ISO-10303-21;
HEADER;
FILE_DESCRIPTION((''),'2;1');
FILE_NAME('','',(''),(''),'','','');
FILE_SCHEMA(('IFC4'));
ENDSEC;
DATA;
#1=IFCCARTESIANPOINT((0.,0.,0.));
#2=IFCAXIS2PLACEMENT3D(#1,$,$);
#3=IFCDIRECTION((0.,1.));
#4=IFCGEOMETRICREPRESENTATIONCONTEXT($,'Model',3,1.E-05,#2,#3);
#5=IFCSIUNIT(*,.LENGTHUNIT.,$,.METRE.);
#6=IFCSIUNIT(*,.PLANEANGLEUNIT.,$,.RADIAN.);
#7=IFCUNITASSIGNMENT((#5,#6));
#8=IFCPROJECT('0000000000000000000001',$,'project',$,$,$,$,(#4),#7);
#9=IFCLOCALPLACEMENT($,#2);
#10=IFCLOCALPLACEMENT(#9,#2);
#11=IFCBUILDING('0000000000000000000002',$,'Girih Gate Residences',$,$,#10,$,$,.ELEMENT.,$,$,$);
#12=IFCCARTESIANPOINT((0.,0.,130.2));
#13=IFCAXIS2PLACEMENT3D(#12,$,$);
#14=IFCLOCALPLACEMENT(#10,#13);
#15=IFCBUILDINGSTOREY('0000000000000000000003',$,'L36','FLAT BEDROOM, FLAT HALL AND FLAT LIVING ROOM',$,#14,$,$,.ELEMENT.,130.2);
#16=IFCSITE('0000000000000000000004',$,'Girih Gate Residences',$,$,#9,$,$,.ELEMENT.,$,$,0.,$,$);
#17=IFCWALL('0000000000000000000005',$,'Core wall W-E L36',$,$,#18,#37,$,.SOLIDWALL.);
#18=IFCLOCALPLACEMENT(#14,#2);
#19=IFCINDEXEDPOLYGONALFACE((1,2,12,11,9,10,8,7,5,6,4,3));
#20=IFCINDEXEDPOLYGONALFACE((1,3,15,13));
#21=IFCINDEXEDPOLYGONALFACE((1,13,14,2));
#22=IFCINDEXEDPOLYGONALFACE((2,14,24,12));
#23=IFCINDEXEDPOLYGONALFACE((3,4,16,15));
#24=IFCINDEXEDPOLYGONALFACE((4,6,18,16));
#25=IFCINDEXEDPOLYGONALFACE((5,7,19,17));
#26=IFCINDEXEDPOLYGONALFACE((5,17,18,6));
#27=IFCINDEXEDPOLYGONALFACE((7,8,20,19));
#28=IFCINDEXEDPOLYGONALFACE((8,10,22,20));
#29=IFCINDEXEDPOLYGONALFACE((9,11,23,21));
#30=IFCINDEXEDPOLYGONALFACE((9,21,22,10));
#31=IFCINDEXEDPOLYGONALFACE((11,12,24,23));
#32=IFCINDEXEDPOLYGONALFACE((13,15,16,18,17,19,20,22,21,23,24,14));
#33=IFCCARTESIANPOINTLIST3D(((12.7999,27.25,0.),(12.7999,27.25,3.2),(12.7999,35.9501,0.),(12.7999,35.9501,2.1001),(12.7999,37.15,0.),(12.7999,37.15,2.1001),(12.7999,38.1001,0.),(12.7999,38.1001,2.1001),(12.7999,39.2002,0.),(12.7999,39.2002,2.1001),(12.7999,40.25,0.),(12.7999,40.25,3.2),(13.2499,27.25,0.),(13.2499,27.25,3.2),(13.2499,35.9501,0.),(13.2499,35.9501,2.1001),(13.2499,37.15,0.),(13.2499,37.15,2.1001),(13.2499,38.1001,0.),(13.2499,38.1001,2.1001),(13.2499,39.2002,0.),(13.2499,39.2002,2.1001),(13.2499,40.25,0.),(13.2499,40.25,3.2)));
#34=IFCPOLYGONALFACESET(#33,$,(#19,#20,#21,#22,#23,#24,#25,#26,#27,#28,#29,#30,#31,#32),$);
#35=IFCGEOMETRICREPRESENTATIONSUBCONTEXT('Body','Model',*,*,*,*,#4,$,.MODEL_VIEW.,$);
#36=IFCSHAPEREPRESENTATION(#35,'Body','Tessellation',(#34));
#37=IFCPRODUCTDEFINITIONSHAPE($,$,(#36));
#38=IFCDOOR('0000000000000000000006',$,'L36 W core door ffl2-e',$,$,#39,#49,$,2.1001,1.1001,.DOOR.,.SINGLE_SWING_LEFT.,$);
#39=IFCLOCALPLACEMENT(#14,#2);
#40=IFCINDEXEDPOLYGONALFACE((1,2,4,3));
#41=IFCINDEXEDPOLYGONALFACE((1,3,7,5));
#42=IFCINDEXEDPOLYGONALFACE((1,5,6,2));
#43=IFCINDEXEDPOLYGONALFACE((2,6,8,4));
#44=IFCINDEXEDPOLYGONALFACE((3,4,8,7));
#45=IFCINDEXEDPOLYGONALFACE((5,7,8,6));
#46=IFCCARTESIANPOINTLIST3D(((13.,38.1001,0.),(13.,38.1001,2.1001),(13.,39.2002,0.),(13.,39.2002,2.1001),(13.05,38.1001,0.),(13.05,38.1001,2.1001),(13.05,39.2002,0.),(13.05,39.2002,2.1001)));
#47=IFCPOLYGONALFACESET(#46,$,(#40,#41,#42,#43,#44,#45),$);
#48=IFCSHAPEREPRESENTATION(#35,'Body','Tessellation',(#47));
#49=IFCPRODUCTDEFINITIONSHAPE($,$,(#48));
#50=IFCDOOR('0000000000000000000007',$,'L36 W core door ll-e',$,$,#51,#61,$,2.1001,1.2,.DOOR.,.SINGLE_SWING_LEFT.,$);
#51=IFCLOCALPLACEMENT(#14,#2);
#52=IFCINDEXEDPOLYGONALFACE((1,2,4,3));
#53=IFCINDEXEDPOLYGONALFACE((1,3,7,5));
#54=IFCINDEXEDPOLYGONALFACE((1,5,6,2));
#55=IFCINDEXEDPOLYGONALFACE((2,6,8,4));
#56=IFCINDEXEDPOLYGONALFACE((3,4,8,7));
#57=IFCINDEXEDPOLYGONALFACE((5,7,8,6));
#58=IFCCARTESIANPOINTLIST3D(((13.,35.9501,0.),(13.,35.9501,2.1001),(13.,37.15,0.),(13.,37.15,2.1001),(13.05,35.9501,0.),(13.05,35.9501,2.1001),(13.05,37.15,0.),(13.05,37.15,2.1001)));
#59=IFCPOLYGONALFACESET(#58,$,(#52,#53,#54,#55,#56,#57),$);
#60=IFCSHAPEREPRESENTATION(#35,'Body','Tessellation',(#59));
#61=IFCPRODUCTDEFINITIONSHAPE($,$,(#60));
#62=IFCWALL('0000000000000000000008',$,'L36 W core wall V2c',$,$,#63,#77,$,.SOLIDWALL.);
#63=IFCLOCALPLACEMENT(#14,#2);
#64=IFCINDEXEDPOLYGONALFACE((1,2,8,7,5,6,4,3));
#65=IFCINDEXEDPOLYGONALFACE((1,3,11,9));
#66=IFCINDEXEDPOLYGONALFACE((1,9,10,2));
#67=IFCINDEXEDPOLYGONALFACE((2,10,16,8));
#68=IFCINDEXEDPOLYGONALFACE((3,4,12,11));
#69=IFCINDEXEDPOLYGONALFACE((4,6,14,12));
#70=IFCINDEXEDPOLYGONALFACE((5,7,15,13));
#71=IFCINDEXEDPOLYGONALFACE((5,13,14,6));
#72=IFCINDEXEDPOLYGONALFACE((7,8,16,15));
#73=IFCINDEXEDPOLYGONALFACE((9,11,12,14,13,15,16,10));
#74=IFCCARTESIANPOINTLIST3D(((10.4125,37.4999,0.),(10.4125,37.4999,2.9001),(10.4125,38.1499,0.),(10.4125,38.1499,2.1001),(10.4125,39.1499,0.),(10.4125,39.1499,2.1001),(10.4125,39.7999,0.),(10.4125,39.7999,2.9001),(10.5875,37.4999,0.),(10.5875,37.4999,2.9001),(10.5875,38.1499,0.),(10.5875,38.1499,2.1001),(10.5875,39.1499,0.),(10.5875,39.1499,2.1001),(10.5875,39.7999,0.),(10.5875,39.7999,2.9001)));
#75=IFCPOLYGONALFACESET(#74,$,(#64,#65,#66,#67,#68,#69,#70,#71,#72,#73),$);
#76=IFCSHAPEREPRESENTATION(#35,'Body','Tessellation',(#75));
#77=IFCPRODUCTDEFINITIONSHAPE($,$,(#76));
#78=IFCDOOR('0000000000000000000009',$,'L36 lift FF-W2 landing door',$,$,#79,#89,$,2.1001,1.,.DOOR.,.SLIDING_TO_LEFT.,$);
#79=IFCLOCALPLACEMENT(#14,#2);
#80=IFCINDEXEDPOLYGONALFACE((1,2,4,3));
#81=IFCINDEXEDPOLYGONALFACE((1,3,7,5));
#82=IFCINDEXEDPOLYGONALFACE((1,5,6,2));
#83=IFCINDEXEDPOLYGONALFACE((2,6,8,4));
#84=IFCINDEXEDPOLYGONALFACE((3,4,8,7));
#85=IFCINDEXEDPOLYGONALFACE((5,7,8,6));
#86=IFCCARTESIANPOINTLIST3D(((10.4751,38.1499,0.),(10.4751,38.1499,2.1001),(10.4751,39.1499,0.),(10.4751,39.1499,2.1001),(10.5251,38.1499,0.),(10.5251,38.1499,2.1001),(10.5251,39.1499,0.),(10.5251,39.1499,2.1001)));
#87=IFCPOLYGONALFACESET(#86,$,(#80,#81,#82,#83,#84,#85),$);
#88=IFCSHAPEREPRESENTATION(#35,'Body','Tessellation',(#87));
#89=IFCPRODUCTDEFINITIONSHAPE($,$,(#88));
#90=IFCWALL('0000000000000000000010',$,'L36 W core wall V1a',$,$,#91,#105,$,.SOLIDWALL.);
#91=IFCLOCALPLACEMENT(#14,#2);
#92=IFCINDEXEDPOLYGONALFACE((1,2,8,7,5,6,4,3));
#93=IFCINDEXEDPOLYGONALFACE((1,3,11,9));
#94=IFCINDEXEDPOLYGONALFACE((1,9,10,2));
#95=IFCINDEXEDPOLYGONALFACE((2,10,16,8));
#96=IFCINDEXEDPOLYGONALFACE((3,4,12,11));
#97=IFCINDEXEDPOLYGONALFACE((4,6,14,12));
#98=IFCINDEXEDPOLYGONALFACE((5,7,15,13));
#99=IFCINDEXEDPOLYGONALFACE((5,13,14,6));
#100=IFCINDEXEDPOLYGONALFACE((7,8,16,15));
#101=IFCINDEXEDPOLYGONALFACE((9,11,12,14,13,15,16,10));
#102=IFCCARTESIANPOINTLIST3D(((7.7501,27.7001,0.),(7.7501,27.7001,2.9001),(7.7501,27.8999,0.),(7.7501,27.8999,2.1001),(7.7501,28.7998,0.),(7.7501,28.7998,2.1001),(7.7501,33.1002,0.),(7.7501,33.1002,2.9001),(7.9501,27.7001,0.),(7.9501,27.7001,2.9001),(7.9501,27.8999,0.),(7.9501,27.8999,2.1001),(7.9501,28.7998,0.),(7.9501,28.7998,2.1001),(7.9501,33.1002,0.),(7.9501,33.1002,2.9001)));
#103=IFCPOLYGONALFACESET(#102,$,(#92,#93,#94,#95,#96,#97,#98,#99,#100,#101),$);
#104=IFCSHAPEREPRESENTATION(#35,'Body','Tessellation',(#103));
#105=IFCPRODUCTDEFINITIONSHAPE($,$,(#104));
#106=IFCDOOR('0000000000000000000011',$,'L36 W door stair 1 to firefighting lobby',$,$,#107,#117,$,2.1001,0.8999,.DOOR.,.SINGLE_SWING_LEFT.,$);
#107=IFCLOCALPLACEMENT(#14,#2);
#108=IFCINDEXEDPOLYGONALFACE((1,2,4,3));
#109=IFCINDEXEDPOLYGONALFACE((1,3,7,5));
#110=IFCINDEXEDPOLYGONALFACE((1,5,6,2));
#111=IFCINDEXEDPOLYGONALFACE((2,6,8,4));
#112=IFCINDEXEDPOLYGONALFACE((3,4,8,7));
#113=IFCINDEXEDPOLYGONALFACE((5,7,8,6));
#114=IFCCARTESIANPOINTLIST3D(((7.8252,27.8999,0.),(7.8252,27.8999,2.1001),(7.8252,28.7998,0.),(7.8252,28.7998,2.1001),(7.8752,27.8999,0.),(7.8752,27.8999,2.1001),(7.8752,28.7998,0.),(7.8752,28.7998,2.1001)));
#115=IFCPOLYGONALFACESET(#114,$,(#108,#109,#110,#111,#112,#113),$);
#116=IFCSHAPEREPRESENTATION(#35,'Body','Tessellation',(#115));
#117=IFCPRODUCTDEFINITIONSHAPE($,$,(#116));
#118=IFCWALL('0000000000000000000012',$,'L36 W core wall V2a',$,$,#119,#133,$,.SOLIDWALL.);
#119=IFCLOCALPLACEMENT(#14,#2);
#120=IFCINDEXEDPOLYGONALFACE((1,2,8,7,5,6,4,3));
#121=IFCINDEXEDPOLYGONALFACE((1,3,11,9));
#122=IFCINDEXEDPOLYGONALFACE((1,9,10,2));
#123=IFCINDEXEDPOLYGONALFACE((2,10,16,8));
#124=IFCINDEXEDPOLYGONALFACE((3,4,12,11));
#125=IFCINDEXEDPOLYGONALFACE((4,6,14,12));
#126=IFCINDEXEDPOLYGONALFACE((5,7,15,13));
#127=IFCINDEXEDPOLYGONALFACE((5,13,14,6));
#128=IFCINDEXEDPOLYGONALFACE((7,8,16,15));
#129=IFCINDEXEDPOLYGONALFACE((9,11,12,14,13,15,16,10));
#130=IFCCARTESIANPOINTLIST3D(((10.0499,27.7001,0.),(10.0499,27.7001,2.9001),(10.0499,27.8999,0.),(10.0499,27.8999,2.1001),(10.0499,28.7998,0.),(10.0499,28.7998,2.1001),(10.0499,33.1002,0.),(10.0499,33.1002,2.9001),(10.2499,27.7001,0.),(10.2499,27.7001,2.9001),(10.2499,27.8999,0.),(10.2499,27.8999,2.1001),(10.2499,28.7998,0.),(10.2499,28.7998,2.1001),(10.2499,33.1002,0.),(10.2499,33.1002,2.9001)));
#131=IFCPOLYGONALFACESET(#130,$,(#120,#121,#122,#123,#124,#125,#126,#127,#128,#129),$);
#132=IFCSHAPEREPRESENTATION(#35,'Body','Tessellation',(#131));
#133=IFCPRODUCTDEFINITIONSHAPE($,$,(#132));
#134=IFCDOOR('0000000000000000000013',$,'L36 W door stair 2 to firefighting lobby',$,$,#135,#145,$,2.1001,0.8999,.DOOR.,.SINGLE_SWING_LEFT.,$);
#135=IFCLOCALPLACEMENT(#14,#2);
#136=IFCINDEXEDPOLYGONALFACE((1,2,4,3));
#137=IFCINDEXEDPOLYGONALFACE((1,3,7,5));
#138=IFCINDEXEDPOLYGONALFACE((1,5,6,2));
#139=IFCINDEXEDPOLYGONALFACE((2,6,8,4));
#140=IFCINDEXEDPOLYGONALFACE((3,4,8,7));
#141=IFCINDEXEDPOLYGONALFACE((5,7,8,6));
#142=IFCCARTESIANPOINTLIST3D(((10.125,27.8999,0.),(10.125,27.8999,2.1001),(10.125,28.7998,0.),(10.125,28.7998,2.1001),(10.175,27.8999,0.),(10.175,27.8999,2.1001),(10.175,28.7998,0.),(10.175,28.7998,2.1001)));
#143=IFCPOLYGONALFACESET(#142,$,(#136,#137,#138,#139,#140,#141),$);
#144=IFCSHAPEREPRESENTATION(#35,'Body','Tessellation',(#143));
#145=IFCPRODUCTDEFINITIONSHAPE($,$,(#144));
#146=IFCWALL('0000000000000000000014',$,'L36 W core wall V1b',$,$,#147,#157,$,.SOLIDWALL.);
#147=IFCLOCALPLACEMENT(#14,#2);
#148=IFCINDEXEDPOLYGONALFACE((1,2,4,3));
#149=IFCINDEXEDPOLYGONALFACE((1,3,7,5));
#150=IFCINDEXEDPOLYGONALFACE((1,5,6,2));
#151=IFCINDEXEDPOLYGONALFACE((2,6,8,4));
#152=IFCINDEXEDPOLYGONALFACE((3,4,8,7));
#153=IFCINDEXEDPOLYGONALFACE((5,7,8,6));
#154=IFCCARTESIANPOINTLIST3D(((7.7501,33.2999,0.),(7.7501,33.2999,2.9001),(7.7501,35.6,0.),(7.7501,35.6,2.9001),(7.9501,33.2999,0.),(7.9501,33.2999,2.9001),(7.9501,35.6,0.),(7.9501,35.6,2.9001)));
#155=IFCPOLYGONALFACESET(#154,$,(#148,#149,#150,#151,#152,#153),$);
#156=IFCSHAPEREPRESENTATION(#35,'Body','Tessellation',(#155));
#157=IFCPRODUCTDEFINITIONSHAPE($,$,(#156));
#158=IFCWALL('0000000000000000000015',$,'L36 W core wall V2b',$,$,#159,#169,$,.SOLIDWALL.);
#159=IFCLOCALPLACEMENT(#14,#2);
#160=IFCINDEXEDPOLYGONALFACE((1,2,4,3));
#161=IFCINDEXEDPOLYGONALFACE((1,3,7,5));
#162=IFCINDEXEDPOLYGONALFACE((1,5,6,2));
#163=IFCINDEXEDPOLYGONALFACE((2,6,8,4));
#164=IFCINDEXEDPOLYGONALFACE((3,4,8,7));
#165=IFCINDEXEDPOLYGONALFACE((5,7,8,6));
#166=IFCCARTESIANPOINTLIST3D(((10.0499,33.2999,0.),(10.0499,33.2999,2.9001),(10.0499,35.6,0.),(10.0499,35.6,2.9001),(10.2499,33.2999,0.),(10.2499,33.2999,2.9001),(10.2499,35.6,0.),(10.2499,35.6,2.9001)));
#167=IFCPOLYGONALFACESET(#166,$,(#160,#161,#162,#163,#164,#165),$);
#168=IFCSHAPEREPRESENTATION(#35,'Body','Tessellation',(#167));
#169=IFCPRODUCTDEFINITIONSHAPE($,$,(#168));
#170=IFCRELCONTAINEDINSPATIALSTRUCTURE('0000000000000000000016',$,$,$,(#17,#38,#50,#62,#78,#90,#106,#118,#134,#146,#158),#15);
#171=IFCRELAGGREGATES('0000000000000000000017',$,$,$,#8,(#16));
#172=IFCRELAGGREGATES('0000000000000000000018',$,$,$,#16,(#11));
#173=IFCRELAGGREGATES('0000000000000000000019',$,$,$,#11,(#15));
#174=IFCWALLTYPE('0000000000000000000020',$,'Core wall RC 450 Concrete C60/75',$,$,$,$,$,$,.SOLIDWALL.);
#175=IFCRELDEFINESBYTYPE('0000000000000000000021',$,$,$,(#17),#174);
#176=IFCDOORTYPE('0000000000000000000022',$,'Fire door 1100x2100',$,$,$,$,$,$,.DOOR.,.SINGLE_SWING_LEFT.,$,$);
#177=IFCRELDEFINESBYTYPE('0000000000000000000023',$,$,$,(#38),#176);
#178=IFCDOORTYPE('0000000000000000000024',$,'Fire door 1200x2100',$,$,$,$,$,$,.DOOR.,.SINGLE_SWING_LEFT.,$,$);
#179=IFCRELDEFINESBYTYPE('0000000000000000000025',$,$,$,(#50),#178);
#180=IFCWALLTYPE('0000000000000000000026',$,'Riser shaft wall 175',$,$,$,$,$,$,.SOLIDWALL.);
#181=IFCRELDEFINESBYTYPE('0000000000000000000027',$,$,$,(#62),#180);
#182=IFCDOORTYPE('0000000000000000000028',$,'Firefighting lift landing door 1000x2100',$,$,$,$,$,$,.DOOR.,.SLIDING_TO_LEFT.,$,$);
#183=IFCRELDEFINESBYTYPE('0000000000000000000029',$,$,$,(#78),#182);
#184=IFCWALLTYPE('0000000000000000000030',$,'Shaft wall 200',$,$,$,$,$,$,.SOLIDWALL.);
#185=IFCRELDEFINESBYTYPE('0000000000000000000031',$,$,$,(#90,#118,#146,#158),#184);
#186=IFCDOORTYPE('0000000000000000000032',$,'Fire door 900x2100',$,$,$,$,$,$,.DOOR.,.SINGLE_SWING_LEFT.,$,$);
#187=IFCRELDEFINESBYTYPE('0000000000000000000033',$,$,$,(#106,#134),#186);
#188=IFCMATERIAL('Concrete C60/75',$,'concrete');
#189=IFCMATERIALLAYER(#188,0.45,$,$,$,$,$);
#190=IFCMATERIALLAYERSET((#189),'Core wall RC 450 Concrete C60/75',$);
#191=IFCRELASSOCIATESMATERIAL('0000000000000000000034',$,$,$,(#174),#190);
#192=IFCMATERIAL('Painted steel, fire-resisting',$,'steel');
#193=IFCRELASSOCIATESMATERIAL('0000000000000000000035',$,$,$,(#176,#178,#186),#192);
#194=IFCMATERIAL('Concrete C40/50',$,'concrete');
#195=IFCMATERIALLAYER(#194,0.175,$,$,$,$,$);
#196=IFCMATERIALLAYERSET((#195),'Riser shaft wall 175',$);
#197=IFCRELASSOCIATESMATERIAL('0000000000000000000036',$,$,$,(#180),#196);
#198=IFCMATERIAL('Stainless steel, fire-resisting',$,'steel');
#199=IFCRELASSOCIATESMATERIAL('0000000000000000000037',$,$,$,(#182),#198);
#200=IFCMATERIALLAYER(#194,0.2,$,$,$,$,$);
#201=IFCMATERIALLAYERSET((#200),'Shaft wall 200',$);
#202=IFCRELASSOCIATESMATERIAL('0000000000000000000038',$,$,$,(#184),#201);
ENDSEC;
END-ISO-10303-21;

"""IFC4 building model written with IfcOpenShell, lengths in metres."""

from ifc_helpers import new_model, si_unit, direction, frame, frame_2d, origin, place, context, subcontext, project, spatial, rectangle, extrude, material, layer, layer_set, type_object, element, fill, save


model = new_model("IFC4")

# Units and contexts
model_context = context("Model", 3, precision=1e-05, world=origin(), true_north=direction((0.0, 1.0)))
body_context = subcontext(model_context, "Body", "Model", "MODEL_VIEW")
ifc_project = project(units=[si_unit("LENGTHUNIT", "METRE"), si_unit("PLANEANGLEUNIT", "RADIAN")], contexts=[model_context])

# Site, building, storey
site_placement = place(None, origin())
site = spatial("IfcSite", under=ifc_project, at=site_placement, Name="Girih Gate Residences", CompositionType="ELEMENT", RefElevation=0.0)
building_placement = place(site_placement, origin())
building = spatial("IfcBuilding", under=site, at=building_placement, Name="Girih Gate Residences", CompositionType="ELEMENT")
storey_placement = place(building_placement, frame((0.0, 0.0, 130.2)))
storey = spatial("IfcBuildingStorey", under=building, at=storey_placement, Name="L36", Description="FLAT BEDROOM, FLAT HALL AND FLAT LIVING ROOM", CompositionType="ELEMENT", Elevation=130.2)

# Shared definitions
ifc_material_1 = material(Name="Concrete C60/75", Category="concrete")

# Wall, openings, doors
ifc_layer_1 = layer(ifc_material_1, 0.45)
ifc_layer_set_1 = layer_set([ifc_layer_1], Name="Core wall RC 450 Concrete C60/75")
wall_type_1 = type_object("IfcWallType", Name="Core wall RC 450 Concrete C60/75", PredefinedType="SOLIDWALL", material=ifc_layer_set_1)
wall_1_placement = place(storey_placement, frame((13.0249, 27.25, 0.0), z_axis=(0.0, 0.0, 1.0), x_axis=(0.0, 1.0, 0.0)))
wall_1 = element("IfcWall", 1, at=wall_1_placement, inside=storey, type_object=wall_type_1, Name="Core wall W-E L36", PredefinedType="SOLIDWALL", context=body_context, shape_type="SweptSolid", body=[
    extrude(rectangle(XDim=13.0, YDim=0.45, at=frame_2d((6.5, 0.0))), origin(), (0.0, 0.0, 1.0), 3.2),
])
opening_1_placement = place(wall_1_placement, frame((10.8501, 0.0, 0.0)))
opening_1 = element("IfcOpeningElement", 2, at=opening_1_placement, cuts=wall_1, PredefinedType="OPENING", context=body_context, shape_type="SweptSolid", body=[
    extrude(rectangle(XDim=1.1001, YDim=2.1001, at=frame_2d((0.55, 1.05))), frame((0.0, 0.2349, 0.0), z_axis=(0.0, -1.0, 0.0), x_axis=(1.0, 0.0, 0.0)), (0.0, 0.0, 1.0), 0.47),
])
opening_2_placement = place(wall_1_placement, frame((8.7, 0.0, 0.0)))
opening_2 = element("IfcOpeningElement", 3, at=opening_2_placement, cuts=wall_1, PredefinedType="OPENING", context=body_context, shape_type="SweptSolid", body=[
    extrude(rectangle(XDim=1.2, YDim=2.1001, at=frame_2d((0.6001, 1.05))), frame((0.0, 0.2349, 0.0), z_axis=(0.0, -1.0, 0.0), x_axis=(1.0, 0.0, 0.0)), (0.0, 0.0, 1.0), 0.47),
])
ifc_material_2 = material(Name="Painted steel, fire-resisting", Category="steel")
door_type_1 = type_object("IfcDoorType", Name="Fire door 1100x2100", OperationType="SINGLE_SWING_LEFT", PredefinedType="DOOR", material=ifc_material_2)
door_1_placement = place(opening_1_placement, origin())
door_1 = element("IfcDoor", 4, at=door_1_placement, inside=storey, type_object=door_type_1, Name="L36 W core door ffl2-e", OperationType="SINGLE_SWING_LEFT", OverallHeight=2.1001, OverallWidth=1.1001, PredefinedType="DOOR", context=body_context, shape_type="SweptSolid", body=[
    extrude(rectangle(XDim=1.1001, YDim=2.1001, at=frame_2d((0.55, 1.05))), frame((0.0, 0.0249, 0.0), z_axis=(0.0, -1.0, 0.0), x_axis=(1.0, 0.0, 0.0)), (0.0, 0.0, 1.0), 0.05),
])
fill(opening_1, door_1)
door_type_2 = type_object("IfcDoorType", Name="Fire door 1200x2100", OperationType="SINGLE_SWING_LEFT", PredefinedType="DOOR", material=ifc_material_2)
door_2_placement = place(opening_2_placement, origin())
door_2 = element("IfcDoor", 5, at=door_2_placement, inside=storey, type_object=door_type_2, Name="L36 W core door ll-e", OperationType="SINGLE_SWING_LEFT", OverallHeight=2.1001, OverallWidth=1.2, PredefinedType="DOOR", context=body_context, shape_type="SweptSolid", body=[
    extrude(rectangle(XDim=1.2, YDim=2.1001, at=frame_2d((0.6001, 1.05))), frame((0.0, 0.0249, 0.0), z_axis=(0.0, -1.0, 0.0), x_axis=(1.0, 0.0, 0.0)), (0.0, 0.0, 1.0), 0.05),
])
fill(opening_2, door_2)

# Walls, openings, doors
ifc_material_3 = material(Name="Concrete C40/50", Category="concrete")
ifc_layer_2 = layer(ifc_material_3, 0.175)
ifc_layer_set_2 = layer_set([ifc_layer_2], Name="Riser shaft wall 175")
wall_type_2 = type_object("IfcWallType", Name="Riser shaft wall 175", PredefinedType="SOLIDWALL", material=ifc_layer_set_2)
wall_2_placement = place(storey_placement, frame((10.5, 37.5, 0.0), z_axis=(0.0, 0.0, 1.0), x_axis=(0.0, 1.0, 0.0)))
wall_2 = element("IfcWall", 6, at=wall_2_placement, inside=storey, type_object=wall_type_2, Name="L36 W core wall V2c", PredefinedType="SOLIDWALL", context=body_context, shape_type="SweptSolid", body=[
    extrude(rectangle(XDim=2.3, YDim=0.175, at=frame_2d((1.1499, 0.0))), origin(), (0.0, 0.0, 1.0), 2.9001),
])
opening_3_placement = place(wall_2_placement, frame((0.6499, 0.0, 0.0)))
opening_3 = element("IfcOpeningElement", 7, at=opening_3_placement, cuts=wall_2, PredefinedType="OPENING", context=body_context, shape_type="SweptSolid", body=[
    extrude(rectangle(XDim=1.0, YDim=2.1001, at=frame_2d((0.5, 1.05))), frame((0.0, 0.0974, 0.0), z_axis=(0.0, -1.0, 0.0), x_axis=(1.0, 0.0, 0.0)), (0.0, 0.0, 1.0), 0.1951),
])
ifc_material_4 = material(Name="Stainless steel, fire-resisting", Category="steel")
door_type_3 = type_object("IfcDoorType", Name="Firefighting lift landing door 1000x2100", OperationType="SLIDING_TO_LEFT", PredefinedType="DOOR", material=ifc_material_4)
door_3_placement = place(opening_3_placement, origin())
door_3 = element("IfcDoor", 8, at=door_3_placement, inside=storey, type_object=door_type_3, Name="L36 lift FF-W2 landing door", OperationType="SLIDING_TO_LEFT", OverallHeight=2.1001, OverallWidth=1.0, PredefinedType="DOOR", context=body_context, shape_type="SweptSolid", body=[
    extrude(rectangle(XDim=1.0, YDim=2.1001, at=frame_2d((0.5, 1.05))), frame((0.0, 0.0249, 0.0), z_axis=(0.0, -1.0, 0.0), x_axis=(1.0, 0.0, 0.0)), (0.0, 0.0, 1.0), 0.05),
])
fill(opening_3, door_3)
ifc_layer_3 = layer(ifc_material_3, 0.2)
ifc_layer_set_3 = layer_set([ifc_layer_3], Name="Shaft wall 200")
wall_type_3 = type_object("IfcWallType", Name="Shaft wall 200", PredefinedType="SOLIDWALL", material=ifc_layer_set_3)
wall_3_placement = place(storey_placement, frame((7.8501, 27.7, 0.0), z_axis=(0.0, 0.0, 1.0), x_axis=(0.0, 1.0, 0.0)))
wall_3 = element("IfcWall", 9, at=wall_3_placement, inside=storey, type_object=wall_type_3, Name="L36 W core wall V1a", PredefinedType="SOLIDWALL", context=body_context, shape_type="SweptSolid", body=[
    extrude(rectangle(XDim=5.4001, YDim=0.2, at=frame_2d((2.7002, 0.0))), origin(), (0.0, 0.0, 1.0), 2.9001),
])
opening_4_placement = place(wall_3_placement, frame((0.2, 0.0, 0.0)))
opening_4 = element("IfcOpeningElement", 10, at=opening_4_placement, cuts=wall_3, PredefinedType="OPENING", context=body_context, shape_type="SweptSolid", body=[
    extrude(rectangle(XDim=0.8999, YDim=2.1001, at=frame_2d((0.45, 1.05))), frame((0.0, 0.1099, 0.0), z_axis=(0.0, -1.0, 0.0), x_axis=(1.0, 0.0, 0.0)), (0.0, 0.0, 1.0), 0.22),
])
door_type_4 = type_object("IfcDoorType", Name="Fire door 900x2100", OperationType="SINGLE_SWING_LEFT", PredefinedType="DOOR", material=ifc_material_2)
door_4_placement = place(opening_4_placement, origin())
door_4 = element("IfcDoor", 11, at=door_4_placement, inside=storey, type_object=door_type_4, Name="L36 W door stair 1 to firefighting lobby", OperationType="SINGLE_SWING_LEFT", OverallHeight=2.1001, OverallWidth=0.8999, PredefinedType="DOOR", context=body_context, shape_type="SweptSolid", body=[
    extrude(rectangle(XDim=0.8999, YDim=2.1001, at=frame_2d((0.45, 1.05))), frame((0.0, 0.0249, 0.0), z_axis=(0.0, -1.0, 0.0), x_axis=(1.0, 0.0, 0.0)), (0.0, 0.0, 1.0), 0.05),
])
fill(opening_4, door_4)
wall_4_placement = place(storey_placement, frame((10.1499, 27.7, 0.0), z_axis=(0.0, 0.0, 1.0), x_axis=(0.0, 1.0, 0.0)))
wall_4 = element("IfcWall", 12, at=wall_4_placement, inside=storey, type_object=wall_type_3, Name="L36 W core wall V2a", PredefinedType="SOLIDWALL", context=body_context, shape_type="SweptSolid", body=[
    extrude(rectangle(XDim=5.4001, YDim=0.2, at=frame_2d((2.7002, 0.0))), origin(), (0.0, 0.0, 1.0), 2.9001),
])
opening_5_placement = place(wall_4_placement, frame((0.2, 0.0, 0.0)))
opening_5 = element("IfcOpeningElement", 13, at=opening_5_placement, cuts=wall_4, PredefinedType="OPENING", context=body_context, shape_type="SweptSolid", body=[
    extrude(rectangle(XDim=0.8999, YDim=2.1001, at=frame_2d((0.45, 1.05))), frame((0.0, 0.1099, 0.0), z_axis=(0.0, -1.0, 0.0), x_axis=(1.0, 0.0, 0.0)), (0.0, 0.0, 1.0), 0.22),
])
door_5_placement = place(opening_5_placement, origin())
door_5 = element("IfcDoor", 14, at=door_5_placement, inside=storey, type_object=door_type_4, Name="L36 W door stair 2 to firefighting lobby", OperationType="SINGLE_SWING_LEFT", OverallHeight=2.1001, OverallWidth=0.8999, PredefinedType="DOOR", context=body_context, shape_type="SweptSolid", body=[
    extrude(rectangle(XDim=0.8999, YDim=2.1001, at=frame_2d((0.45, 1.05))), frame((0.0, 0.0249, 0.0), z_axis=(0.0, -1.0, 0.0), x_axis=(1.0, 0.0, 0.0)), (0.0, 0.0, 1.0), 0.05),
])
fill(opening_5, door_5)

# Walls
for number, where, z_axis, x_axis, name in (
    (15, (7.8501, 33.3, 0.0), (0.0, 0.0, 1.0), (0.0, 1.0, 0.0), "L36 W core wall V1b"),
    (16, (10.1499, 33.3, 0.0), (0.0, 0.0, 1.0), (0.0, 1.0, 0.0), "L36 W core wall V2b"),
):
    element("IfcWall", number, at=place(storey_placement, frame(where, z_axis=z_axis, x_axis=x_axis)), inside=storey, type_object=wall_type_3, Name=name, PredefinedType="SOLIDWALL", context=body_context, shape_type="SweptSolid", body=[
        extrude(rectangle(XDim=2.3, YDim=0.2, at=frame_2d((1.1499, 0.0))), origin(), (0.0, 0.0, 1.0), 2.9001),
    ])

save(model, "model.ifc")
